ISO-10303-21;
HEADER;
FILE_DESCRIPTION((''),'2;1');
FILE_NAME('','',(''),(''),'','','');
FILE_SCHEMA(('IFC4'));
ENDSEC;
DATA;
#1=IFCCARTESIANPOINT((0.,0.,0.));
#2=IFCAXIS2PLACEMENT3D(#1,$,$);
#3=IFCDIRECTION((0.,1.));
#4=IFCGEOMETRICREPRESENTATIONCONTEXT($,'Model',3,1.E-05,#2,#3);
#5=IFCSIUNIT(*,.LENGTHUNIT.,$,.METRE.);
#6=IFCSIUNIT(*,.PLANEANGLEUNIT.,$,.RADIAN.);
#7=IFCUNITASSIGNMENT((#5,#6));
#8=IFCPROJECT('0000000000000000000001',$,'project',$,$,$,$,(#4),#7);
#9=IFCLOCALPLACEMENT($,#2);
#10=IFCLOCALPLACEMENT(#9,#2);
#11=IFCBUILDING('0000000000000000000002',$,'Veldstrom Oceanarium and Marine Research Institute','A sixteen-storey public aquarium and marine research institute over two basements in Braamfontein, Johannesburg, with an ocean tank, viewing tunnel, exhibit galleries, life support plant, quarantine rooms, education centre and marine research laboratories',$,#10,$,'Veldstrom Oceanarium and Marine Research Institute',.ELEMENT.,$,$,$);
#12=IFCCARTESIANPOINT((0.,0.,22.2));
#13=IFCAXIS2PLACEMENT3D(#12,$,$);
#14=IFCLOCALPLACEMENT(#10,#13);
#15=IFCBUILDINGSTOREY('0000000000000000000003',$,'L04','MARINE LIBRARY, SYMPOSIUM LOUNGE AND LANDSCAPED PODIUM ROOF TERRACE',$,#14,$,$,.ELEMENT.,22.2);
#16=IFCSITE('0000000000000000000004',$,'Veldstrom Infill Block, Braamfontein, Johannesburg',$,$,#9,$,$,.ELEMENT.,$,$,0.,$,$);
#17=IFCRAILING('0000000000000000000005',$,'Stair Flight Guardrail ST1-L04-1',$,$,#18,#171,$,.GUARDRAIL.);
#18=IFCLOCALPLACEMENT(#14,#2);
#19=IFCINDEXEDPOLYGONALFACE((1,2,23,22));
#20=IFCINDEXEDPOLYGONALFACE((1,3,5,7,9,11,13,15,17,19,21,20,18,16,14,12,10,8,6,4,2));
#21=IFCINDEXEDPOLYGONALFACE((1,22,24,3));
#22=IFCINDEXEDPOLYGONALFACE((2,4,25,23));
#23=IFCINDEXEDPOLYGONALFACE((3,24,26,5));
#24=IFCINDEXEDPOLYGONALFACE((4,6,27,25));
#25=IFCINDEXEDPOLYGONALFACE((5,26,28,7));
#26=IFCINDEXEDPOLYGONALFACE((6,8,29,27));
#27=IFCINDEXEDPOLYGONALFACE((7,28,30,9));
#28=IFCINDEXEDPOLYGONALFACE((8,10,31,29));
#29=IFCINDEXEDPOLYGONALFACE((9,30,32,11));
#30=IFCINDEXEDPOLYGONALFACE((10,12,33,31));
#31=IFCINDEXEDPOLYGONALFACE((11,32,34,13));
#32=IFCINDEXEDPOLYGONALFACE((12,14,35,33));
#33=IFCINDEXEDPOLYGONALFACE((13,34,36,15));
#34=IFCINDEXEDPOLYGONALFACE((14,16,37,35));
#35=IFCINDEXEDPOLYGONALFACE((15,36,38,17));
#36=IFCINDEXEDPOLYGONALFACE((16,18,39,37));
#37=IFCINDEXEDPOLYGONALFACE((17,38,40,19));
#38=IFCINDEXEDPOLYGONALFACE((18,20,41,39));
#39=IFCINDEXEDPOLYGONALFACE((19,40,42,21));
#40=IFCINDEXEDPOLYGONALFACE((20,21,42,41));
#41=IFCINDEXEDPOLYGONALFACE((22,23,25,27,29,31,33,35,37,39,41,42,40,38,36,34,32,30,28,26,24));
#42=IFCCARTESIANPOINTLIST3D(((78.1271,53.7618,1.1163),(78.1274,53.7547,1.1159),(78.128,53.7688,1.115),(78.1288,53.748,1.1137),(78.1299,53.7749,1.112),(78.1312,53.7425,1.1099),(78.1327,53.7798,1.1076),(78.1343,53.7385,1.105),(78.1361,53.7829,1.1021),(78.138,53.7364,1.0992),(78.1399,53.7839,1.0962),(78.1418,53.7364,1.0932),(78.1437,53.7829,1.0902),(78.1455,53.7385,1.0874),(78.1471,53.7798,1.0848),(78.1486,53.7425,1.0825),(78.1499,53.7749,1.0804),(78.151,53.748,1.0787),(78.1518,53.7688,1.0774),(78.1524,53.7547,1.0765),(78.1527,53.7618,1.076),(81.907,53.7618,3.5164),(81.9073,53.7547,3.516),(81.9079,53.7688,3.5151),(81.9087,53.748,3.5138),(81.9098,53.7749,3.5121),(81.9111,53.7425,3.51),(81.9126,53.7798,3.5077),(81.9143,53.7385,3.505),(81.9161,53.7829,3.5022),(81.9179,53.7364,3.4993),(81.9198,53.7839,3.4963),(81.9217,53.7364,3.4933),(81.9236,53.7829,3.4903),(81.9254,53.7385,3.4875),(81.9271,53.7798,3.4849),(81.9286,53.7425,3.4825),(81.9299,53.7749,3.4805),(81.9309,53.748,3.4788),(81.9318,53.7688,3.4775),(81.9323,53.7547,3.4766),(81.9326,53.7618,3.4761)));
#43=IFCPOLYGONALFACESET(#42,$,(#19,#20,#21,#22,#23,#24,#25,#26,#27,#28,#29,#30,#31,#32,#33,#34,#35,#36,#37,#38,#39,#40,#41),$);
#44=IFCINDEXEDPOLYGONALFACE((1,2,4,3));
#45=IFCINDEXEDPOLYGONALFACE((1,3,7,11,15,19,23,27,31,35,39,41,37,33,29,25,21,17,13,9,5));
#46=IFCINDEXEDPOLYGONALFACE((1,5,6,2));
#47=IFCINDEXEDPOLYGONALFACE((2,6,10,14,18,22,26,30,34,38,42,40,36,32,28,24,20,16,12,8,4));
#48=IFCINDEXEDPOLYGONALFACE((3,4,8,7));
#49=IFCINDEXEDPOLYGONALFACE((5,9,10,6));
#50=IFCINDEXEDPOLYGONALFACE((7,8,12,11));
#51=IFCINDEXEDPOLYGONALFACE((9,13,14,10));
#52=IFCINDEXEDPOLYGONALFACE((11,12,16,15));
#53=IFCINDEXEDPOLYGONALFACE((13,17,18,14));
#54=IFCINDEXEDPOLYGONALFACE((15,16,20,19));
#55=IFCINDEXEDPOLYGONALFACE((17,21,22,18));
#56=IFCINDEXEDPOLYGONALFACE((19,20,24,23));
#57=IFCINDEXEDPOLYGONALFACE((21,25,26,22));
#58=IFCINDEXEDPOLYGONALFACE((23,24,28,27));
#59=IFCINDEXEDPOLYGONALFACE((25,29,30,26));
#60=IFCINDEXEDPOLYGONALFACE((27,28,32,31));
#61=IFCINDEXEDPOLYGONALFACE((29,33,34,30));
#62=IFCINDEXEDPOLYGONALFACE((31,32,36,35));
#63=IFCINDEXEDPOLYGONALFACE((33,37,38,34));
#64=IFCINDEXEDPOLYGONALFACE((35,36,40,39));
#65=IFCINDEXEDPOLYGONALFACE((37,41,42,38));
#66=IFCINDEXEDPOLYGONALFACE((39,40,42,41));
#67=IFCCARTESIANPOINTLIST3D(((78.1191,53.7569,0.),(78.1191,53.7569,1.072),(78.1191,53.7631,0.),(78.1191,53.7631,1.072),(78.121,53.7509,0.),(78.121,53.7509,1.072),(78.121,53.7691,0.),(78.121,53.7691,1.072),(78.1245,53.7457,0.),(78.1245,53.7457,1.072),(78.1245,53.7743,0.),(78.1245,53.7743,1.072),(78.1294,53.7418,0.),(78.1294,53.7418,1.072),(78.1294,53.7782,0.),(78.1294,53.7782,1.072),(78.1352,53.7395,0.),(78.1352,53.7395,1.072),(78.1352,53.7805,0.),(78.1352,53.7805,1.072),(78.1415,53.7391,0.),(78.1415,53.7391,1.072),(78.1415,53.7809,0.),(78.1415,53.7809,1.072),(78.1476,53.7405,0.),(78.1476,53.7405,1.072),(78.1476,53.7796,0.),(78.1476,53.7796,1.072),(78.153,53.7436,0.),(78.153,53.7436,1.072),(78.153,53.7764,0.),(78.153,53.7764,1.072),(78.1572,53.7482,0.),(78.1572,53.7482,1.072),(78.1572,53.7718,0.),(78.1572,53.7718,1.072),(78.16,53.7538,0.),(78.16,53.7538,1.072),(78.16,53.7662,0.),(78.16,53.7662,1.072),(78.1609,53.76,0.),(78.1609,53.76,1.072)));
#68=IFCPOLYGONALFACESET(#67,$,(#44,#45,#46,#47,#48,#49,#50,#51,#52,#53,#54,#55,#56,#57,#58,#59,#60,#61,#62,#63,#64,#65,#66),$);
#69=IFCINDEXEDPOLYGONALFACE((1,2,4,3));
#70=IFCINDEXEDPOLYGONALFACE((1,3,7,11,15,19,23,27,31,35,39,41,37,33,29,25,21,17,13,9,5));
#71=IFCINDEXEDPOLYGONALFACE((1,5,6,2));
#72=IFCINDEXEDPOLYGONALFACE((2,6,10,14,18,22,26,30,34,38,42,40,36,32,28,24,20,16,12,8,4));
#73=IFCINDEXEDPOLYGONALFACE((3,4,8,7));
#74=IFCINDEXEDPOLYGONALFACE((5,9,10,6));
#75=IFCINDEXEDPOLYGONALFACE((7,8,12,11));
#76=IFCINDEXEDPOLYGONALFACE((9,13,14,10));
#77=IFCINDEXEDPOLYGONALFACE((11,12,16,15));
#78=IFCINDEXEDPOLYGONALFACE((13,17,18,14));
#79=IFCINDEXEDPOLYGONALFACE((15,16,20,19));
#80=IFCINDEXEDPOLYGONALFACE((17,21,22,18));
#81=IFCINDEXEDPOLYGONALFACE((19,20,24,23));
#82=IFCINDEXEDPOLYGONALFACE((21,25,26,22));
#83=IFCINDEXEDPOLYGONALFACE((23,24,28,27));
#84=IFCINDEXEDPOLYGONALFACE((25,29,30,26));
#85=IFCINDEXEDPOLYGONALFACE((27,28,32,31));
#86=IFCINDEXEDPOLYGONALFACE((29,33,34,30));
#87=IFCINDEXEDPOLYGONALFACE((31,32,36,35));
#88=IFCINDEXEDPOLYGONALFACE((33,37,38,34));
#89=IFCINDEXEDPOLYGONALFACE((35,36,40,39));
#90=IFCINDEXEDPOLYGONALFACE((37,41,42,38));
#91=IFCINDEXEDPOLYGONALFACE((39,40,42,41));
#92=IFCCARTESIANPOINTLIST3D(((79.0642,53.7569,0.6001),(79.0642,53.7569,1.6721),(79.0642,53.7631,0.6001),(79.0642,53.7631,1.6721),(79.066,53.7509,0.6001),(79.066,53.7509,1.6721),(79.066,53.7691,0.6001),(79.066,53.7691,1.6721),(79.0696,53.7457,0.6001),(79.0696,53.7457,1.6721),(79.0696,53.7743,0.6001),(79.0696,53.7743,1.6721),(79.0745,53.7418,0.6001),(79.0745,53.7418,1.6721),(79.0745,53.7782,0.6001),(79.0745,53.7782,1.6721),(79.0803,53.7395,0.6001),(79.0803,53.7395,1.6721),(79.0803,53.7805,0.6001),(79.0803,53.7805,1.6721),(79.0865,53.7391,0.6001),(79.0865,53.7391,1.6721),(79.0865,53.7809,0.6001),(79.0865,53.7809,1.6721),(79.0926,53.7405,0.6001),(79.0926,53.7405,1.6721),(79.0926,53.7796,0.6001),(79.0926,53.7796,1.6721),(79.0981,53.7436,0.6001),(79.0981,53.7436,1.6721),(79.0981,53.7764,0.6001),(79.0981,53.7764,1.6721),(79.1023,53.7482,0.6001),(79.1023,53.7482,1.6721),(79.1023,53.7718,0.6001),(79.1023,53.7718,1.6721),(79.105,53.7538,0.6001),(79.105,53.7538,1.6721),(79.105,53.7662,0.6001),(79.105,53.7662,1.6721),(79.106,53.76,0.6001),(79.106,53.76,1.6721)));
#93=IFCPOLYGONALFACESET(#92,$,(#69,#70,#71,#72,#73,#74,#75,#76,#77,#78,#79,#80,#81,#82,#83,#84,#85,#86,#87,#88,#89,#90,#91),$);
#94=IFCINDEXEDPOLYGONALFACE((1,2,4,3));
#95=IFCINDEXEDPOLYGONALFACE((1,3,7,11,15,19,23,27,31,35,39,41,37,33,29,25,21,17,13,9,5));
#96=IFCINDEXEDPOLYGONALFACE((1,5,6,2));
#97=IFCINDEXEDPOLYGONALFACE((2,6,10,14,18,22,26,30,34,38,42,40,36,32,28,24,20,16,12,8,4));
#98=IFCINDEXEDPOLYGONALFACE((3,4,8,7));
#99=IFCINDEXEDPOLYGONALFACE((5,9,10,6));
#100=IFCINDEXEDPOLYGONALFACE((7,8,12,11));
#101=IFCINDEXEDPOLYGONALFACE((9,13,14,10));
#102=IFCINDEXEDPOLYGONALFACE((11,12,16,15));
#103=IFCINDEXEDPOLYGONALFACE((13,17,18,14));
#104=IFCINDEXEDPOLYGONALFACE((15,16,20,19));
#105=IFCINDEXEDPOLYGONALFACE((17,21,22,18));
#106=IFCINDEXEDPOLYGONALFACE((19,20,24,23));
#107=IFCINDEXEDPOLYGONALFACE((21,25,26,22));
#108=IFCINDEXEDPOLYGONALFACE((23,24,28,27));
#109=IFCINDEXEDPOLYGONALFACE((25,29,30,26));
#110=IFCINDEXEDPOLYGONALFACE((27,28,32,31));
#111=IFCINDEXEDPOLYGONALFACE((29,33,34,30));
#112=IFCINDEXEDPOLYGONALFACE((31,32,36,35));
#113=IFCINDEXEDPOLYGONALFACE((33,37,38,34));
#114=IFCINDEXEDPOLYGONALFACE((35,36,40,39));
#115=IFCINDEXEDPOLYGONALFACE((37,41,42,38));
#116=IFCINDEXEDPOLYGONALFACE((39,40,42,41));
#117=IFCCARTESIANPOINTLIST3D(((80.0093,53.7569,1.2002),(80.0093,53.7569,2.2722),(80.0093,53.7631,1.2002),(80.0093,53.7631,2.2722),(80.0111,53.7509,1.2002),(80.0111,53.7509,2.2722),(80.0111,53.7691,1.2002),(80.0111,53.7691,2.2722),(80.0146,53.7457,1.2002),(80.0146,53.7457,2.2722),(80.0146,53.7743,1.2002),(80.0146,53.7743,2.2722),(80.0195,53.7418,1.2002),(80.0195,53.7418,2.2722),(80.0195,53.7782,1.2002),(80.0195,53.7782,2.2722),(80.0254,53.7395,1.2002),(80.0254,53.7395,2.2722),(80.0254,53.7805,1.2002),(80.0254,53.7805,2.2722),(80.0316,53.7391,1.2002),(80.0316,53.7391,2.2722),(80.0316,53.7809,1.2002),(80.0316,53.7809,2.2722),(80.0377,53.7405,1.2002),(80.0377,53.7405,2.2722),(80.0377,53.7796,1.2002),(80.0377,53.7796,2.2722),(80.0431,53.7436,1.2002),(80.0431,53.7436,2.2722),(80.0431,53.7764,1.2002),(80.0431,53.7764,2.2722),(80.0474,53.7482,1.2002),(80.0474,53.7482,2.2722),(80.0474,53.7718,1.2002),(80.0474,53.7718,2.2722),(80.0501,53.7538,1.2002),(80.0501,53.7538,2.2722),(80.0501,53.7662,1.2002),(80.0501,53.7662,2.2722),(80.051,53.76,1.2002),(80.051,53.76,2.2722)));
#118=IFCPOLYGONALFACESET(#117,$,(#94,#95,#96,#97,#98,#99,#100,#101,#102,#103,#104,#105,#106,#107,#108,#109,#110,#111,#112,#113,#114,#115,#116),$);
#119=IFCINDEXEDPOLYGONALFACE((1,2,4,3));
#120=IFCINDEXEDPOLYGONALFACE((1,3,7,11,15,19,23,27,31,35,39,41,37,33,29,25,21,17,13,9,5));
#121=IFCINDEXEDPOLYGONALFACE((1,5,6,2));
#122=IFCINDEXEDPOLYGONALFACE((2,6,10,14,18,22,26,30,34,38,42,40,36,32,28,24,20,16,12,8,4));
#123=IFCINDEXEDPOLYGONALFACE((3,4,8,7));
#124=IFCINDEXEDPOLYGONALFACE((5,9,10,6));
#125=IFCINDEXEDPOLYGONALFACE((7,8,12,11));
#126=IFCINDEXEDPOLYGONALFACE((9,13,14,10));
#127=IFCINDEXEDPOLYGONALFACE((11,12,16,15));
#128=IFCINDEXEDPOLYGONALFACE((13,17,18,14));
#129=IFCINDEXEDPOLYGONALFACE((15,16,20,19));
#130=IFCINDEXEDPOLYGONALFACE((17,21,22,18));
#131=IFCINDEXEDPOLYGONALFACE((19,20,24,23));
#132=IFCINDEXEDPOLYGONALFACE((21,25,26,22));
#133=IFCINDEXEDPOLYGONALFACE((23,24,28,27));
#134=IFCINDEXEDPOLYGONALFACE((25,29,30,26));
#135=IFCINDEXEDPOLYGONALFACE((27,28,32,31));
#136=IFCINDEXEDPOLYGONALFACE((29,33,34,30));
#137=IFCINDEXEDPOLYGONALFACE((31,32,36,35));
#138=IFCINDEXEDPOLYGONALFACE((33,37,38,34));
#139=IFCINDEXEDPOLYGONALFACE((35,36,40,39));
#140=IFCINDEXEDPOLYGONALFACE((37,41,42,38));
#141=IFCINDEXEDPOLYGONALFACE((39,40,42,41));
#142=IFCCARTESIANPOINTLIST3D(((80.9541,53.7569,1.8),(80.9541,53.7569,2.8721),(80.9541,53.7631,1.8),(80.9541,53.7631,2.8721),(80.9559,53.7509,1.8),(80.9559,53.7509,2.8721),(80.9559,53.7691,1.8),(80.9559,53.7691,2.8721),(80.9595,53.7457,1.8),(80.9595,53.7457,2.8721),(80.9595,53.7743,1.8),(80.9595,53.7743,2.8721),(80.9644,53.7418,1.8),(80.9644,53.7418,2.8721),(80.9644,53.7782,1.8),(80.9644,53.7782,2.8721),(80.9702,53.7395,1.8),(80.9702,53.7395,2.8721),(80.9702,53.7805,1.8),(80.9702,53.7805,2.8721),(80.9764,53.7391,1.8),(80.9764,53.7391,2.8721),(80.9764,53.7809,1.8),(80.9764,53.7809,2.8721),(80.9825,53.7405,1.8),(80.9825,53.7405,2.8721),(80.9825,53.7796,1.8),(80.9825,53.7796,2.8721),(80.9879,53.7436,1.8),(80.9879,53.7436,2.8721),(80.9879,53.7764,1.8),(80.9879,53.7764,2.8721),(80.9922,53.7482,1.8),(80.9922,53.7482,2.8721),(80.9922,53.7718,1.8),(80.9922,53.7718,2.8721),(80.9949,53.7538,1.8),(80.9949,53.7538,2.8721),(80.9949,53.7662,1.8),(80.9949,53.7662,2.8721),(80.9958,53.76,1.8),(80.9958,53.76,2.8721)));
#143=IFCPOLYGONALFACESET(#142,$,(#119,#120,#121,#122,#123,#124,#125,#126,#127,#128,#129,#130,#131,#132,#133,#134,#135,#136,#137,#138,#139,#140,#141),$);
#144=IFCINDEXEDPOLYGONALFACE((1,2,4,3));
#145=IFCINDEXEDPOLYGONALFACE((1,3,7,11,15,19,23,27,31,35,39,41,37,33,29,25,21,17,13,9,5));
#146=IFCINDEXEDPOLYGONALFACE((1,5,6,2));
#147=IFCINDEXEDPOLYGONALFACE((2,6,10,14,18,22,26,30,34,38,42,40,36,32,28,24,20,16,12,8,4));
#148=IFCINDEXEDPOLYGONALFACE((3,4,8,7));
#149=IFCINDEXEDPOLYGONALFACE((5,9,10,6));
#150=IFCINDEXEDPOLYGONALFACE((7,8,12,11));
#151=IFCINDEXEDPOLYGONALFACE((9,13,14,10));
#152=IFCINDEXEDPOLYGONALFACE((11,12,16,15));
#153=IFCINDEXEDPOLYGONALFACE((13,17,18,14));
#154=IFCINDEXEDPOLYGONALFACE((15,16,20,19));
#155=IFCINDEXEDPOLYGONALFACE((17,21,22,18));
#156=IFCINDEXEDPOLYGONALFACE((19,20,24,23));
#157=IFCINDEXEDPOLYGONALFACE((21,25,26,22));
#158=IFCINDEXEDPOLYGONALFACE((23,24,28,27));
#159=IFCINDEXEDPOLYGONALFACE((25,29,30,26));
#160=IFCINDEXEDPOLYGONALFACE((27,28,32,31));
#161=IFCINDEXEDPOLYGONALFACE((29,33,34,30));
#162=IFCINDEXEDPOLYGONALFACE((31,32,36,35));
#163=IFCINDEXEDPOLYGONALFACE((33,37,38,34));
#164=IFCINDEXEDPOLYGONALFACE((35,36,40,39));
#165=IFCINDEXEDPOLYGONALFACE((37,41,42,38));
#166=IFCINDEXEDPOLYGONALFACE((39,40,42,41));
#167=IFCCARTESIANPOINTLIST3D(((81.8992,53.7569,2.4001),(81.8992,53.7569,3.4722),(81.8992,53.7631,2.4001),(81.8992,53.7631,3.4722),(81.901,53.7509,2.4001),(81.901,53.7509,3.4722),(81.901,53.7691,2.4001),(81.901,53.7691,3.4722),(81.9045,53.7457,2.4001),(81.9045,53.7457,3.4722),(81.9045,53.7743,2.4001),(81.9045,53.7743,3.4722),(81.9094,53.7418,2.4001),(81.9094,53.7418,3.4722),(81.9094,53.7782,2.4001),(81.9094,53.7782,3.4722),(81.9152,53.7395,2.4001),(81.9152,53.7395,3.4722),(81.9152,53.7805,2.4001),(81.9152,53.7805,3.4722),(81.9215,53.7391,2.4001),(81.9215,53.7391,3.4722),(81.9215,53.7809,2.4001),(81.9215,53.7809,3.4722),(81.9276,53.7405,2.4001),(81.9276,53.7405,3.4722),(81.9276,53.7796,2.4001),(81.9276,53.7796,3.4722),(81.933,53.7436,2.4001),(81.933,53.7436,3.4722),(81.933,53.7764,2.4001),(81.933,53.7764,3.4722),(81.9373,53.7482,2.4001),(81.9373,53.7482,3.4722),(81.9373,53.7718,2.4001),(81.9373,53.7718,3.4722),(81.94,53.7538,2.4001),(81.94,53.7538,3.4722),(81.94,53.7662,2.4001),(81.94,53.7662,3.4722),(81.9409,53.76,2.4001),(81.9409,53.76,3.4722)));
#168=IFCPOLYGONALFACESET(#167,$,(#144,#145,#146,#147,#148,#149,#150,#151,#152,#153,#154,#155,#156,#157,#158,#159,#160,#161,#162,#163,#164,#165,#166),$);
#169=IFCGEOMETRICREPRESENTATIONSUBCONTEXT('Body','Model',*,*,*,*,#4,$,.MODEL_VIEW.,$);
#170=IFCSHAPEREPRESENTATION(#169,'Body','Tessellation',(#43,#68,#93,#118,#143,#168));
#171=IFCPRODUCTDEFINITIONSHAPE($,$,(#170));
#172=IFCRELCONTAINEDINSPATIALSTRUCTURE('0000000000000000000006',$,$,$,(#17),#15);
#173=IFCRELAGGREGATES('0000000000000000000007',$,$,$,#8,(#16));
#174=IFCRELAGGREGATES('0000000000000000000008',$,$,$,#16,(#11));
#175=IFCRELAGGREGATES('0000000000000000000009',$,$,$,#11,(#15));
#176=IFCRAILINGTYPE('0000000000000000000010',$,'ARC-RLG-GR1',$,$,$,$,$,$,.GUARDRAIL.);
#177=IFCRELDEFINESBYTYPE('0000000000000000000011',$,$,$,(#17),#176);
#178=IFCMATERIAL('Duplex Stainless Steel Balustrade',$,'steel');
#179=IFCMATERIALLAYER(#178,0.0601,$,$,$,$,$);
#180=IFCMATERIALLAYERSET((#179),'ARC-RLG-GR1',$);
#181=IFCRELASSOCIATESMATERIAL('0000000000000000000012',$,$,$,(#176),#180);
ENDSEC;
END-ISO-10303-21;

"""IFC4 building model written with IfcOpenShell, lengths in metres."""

from ifc_helpers import new_model, si_unit, direction, frame, origin, origin_2d, place, context, subcontext, project, spatial, circle, extrude, material, layer, layer_set, type_object, element, save


model = new_model("IFC4")

# Units and contexts
model_context = context("Model", 3, precision=1e-05, world=origin(), true_north=direction((0.0, 1.0)))
body_context = subcontext(model_context, "Body", "Model", "MODEL_VIEW")
ifc_project = project(units=[si_unit("LENGTHUNIT", "METRE"), si_unit("PLANEANGLEUNIT", "RADIAN")], contexts=[model_context])

# Site, building, storey
site_placement = place(None, origin())
site = spatial("IfcSite", under=ifc_project, at=site_placement, Name="Veldstrom Infill Block, Braamfontein, Johannesburg", CompositionType="ELEMENT", RefElevation=0.0)
building_placement = place(site_placement, origin())
building = spatial("IfcBuilding", under=site, at=building_placement, Name="Veldstrom Oceanarium and Marine Research Institute", Description="A sixteen-storey public aquarium and marine research institute over two basements in Braamfontein, Johannesburg, with an ocean tank, viewing tunnel, exhibit galleries, life support plant, quarantine rooms, education centre and marine research laboratories", LongName="Veldstrom Oceanarium and Marine Research Institute", CompositionType="ELEMENT")
storey_placement = place(building_placement, frame((0.0, 0.0, 22.2)))
storey = spatial("IfcBuildingStorey", under=building, at=storey_placement, Name="L04", Description="MARINE LIBRARY, SYMPOSIUM LOUNGE AND LANDSCAPED PODIUM ROOF TERRACE", CompositionType="ELEMENT", Elevation=22.2)

# Railing
ifc_material_1 = material(Name="Duplex Stainless Steel Balustrade", Category="steel")
ifc_layer_1 = layer(ifc_material_1, 0.0601)
ifc_layer_set_1 = layer_set([ifc_layer_1], Name="ARC-RLG-GR1")
railing_type_1 = type_object("IfcRailingType", Name="ARC-RLG-GR1", PredefinedType="GUARDRAIL", material=ifc_layer_set_1)
railing_1_placement = place(storey_placement, frame((78.1399, 53.76, 0.0)))
element("IfcRailing", 1, at=railing_1_placement, inside=storey, type_object=railing_type_1, Name="Stair Flight Guardrail ST1-L04-1", PredefinedType="GUARDRAIL", context=body_context, shape_type="SweptSolid", body=[
    extrude(circle(Radius=0.0239, at=origin_2d()), frame((0.0, 0.0, 1.0962), z_axis=(0.8442, 0.0, 0.536028), x_axis=(0.0, 1.0, 0.0)), (0.0, 0.0, 1.0), 4.4775),
    extrude(circle(Radius=0.021, at=origin_2d()), origin(), (0.0, 0.0, 1.0), 1.072),
    extrude(circle(Radius=0.021, at=origin_2d()), frame((0.9451, 0.0, 0.6001)), (0.0, 0.0, 1.0), 1.072),
    extrude(circle(Radius=0.021, at=origin_2d()), frame((1.8901, 0.0, 1.2002)), (0.0, 0.0, 1.0), 1.072),
    extrude(circle(Radius=0.021, at=origin_2d()), frame((2.835, 0.0, 1.8)), (0.0, 0.0, 1.0), 1.072),
    extrude(circle(Radius=0.021, at=origin_2d()), frame((3.78, 0.0, 2.4001)), (0.0, 0.0, 1.0), 1.072),
])

save(model, "model.ifc")
